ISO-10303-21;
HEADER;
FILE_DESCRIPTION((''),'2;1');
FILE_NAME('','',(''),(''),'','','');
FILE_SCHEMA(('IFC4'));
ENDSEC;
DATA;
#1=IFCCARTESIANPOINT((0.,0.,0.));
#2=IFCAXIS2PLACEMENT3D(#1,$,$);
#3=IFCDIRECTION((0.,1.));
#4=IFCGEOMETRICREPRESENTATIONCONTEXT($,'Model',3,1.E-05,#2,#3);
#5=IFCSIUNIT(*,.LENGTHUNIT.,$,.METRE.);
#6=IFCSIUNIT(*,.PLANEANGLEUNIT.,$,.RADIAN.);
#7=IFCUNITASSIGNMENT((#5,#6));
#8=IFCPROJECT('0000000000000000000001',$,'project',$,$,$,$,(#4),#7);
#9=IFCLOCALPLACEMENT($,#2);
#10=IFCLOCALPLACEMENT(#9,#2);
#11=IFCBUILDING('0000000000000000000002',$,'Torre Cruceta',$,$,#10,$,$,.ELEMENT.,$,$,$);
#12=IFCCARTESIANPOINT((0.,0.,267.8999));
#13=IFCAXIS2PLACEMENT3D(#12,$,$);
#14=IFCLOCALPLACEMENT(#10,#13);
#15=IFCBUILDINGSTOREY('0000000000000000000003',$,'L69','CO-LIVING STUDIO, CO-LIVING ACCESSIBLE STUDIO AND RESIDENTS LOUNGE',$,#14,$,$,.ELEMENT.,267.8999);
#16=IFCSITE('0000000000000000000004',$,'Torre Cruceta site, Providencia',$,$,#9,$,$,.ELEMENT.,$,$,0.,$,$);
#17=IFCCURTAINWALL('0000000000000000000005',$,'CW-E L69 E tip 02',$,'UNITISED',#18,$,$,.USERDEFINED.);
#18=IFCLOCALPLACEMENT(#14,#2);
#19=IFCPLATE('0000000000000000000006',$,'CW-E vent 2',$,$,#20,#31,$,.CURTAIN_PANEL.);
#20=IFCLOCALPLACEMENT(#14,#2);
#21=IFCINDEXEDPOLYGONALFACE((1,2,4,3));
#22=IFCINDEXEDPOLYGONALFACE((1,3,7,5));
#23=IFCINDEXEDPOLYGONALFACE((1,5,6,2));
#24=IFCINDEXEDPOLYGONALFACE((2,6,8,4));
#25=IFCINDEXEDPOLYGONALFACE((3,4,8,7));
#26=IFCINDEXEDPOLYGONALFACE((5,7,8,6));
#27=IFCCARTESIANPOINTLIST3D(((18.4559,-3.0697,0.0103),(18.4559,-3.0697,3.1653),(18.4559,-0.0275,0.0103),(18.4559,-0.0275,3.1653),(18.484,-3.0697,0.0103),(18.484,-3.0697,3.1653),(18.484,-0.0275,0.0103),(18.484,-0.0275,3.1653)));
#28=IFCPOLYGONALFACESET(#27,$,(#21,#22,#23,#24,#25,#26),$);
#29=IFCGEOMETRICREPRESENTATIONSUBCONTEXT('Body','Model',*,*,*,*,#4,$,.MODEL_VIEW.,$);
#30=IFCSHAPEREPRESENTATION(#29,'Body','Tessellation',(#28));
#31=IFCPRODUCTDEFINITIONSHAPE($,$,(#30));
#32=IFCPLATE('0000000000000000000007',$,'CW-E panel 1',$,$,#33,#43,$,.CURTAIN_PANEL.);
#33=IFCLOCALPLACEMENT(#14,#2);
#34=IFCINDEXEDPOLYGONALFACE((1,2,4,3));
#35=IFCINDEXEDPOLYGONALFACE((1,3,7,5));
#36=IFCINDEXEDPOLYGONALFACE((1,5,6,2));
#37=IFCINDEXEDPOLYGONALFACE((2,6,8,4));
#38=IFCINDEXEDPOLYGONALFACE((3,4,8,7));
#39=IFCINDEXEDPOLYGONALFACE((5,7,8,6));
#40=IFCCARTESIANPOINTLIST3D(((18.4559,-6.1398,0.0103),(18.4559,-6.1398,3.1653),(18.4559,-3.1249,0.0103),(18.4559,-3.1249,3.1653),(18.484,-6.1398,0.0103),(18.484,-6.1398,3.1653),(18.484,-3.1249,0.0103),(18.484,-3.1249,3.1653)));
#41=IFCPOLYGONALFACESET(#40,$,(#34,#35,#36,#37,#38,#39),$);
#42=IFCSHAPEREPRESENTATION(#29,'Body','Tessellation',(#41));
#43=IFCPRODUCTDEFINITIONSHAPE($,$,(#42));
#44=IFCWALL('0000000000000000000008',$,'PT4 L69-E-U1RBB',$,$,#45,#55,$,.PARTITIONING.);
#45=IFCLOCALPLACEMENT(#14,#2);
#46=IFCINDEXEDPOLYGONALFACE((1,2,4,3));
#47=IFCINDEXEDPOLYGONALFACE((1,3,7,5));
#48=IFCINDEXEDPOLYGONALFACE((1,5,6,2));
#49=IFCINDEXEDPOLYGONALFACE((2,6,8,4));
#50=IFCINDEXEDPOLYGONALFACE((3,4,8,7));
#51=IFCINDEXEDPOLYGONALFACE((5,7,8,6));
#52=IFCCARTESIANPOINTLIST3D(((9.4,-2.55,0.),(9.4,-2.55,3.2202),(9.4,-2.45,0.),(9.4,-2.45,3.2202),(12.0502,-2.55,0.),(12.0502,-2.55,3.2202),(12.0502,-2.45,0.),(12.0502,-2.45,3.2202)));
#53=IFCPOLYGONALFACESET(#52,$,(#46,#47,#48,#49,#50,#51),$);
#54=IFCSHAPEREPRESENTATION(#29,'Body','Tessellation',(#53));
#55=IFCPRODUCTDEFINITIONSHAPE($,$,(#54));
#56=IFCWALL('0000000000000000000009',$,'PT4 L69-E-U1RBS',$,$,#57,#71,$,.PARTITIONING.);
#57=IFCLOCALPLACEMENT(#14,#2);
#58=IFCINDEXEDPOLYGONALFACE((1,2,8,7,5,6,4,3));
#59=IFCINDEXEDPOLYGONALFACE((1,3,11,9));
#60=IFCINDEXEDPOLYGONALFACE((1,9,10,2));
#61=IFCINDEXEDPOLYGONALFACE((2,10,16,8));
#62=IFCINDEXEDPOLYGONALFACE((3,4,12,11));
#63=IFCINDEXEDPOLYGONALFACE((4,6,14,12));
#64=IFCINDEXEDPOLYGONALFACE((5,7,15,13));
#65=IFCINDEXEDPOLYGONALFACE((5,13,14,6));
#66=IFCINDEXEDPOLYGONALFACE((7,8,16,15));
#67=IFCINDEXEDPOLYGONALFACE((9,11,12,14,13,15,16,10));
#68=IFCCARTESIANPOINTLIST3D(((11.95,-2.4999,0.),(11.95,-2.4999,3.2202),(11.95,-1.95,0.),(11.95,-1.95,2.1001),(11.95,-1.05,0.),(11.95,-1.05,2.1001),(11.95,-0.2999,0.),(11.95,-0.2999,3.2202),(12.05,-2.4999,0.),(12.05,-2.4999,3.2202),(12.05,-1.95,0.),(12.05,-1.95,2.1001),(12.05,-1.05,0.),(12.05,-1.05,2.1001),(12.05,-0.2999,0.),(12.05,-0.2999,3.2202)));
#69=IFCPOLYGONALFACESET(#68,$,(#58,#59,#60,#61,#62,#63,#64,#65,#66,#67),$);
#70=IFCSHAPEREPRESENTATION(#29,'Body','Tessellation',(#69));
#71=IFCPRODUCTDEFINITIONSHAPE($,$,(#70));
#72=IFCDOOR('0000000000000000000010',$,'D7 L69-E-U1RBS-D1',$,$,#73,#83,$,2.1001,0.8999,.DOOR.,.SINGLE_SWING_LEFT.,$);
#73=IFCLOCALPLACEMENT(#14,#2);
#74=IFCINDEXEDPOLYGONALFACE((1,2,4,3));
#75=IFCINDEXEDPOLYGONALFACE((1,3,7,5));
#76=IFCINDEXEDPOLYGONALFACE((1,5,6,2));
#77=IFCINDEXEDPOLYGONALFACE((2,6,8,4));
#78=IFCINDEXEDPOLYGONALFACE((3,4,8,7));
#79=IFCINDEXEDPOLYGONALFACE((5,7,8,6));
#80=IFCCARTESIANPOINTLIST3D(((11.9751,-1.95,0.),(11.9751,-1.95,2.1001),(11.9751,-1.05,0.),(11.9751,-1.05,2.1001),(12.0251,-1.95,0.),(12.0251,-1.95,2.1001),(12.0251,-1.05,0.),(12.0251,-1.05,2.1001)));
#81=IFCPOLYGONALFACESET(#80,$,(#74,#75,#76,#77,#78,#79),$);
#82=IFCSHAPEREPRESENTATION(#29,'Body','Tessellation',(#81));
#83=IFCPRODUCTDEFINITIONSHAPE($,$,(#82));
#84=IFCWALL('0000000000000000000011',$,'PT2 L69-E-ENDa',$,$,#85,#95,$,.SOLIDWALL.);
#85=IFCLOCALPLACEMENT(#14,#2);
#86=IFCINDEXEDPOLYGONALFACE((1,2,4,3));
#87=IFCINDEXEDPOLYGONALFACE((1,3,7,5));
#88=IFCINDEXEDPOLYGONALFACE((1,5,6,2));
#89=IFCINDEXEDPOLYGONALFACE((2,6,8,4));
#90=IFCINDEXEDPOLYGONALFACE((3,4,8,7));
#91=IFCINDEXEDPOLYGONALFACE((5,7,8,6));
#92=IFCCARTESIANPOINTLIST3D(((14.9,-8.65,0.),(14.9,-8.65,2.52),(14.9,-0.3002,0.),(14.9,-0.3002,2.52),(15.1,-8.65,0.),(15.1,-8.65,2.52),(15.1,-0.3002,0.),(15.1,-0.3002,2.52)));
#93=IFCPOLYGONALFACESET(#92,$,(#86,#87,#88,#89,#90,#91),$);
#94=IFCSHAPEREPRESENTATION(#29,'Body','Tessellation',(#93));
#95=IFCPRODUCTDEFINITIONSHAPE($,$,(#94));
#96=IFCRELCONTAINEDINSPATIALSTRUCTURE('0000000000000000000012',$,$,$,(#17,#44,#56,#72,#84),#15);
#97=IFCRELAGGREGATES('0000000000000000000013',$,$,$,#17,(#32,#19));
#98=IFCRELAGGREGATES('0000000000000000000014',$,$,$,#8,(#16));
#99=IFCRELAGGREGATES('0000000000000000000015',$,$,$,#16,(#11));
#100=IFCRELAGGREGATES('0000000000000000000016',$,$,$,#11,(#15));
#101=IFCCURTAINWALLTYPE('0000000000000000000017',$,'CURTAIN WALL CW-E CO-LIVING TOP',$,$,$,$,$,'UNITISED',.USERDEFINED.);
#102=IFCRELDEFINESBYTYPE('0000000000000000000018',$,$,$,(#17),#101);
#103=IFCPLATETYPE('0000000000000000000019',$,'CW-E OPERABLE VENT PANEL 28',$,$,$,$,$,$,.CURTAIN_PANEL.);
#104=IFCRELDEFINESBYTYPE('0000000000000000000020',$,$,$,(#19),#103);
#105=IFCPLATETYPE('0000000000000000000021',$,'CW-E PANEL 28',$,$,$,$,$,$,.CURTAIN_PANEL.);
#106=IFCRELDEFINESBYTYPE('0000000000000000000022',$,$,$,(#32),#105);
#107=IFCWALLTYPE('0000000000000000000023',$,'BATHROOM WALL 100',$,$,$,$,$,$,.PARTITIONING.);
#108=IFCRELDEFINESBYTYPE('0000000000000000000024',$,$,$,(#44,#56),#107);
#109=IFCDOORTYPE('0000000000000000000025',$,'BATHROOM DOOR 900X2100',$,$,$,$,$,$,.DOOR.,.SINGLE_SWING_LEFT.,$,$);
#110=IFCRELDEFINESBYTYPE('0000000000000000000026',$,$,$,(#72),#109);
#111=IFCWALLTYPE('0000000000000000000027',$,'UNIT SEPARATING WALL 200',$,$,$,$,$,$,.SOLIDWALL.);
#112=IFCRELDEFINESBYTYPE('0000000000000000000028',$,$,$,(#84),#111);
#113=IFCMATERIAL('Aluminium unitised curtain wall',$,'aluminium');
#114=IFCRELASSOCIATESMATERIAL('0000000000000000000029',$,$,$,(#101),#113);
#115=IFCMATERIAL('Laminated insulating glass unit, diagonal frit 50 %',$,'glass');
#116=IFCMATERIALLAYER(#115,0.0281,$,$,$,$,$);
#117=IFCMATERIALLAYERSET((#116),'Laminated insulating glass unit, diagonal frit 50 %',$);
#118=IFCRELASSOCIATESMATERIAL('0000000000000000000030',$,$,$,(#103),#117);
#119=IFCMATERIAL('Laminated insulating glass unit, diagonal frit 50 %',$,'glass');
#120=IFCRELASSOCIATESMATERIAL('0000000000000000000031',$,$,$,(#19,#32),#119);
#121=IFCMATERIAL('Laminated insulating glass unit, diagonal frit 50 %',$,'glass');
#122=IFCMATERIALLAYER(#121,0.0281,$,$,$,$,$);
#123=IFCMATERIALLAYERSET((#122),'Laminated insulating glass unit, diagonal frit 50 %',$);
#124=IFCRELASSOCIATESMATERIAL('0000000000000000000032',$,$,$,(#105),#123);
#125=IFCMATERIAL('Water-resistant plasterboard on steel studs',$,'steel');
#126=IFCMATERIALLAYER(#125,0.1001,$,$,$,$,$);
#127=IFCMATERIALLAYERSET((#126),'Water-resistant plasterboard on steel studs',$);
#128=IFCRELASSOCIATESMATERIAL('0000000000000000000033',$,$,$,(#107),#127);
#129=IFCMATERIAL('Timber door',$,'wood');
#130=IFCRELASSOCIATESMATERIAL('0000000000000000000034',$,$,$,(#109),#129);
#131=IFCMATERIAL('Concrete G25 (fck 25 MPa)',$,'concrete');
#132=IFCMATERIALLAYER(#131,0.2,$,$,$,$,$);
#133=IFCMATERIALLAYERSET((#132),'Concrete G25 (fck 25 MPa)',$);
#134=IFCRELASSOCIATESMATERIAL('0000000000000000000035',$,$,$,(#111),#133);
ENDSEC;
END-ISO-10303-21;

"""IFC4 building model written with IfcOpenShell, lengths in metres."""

from ifc_helpers import new_model, si_unit, direction, frame, frame_2d, origin, origin_2d, place, context, subcontext, project, spatial, rectangle, extrude, material, layer, layer_set, type_object, element, fill, aggregate, save


model = new_model("IFC4")

# Units and contexts
model_context = context("Model", 3, precision=1e-05, world=origin(), true_north=direction((0.0, 1.0)))
body_context = subcontext(model_context, "Body", "Model", "MODEL_VIEW")
ifc_project = project(units=[si_unit("LENGTHUNIT", "METRE"), si_unit("PLANEANGLEUNIT", "RADIAN")], contexts=[model_context])

# Site, building, storey
site_placement = place(None, origin())
site = spatial("IfcSite", under=ifc_project, at=site_placement, Name="Torre Cruceta site, Providencia", CompositionType="ELEMENT", RefElevation=0.0)
building_placement = place(site_placement, origin())
building = spatial("IfcBuilding", under=site, at=building_placement, Name="Torre Cruceta", CompositionType="ELEMENT")
storey_placement = place(building_placement, frame((0.0, 0.0, 267.8999)))
storey = spatial("IfcBuildingStorey", under=building, at=storey_placement, Name="L69", Description="CO-LIVING STUDIO, CO-LIVING ACCESSIBLE STUDIO AND RESIDENTS LOUNGE", CompositionType="ELEMENT", Elevation=267.8999)

# Curtain wall
ifc_material_1 = material(Name="Aluminium unitised curtain wall", Category="aluminium")
curtain_wall_type = type_object("IfcCurtainWallType", Name="CURTAIN WALL CW-E CO-LIVING TOP", ElementType="UNITISED", PredefinedType="USERDEFINED", material=ifc_material_1)
curtain_wall_placement = place(storey_placement, origin())
curtain_wall = element("IfcCurtainWall", 1, at=curtain_wall_placement, inside=storey, type_object=curtain_wall_type, Name="CW-E L69 E tip 02", ObjectType="UNITISED", PredefinedType="USERDEFINED")

# Plates
ifc_material_2 = material(Name="Laminated insulating glass unit, diagonal frit 50 %", Category="glass")
ifc_material_3 = material(Name="Laminated insulating glass unit, diagonal frit 50 %", Category="glass")
ifc_layer_1 = layer(ifc_material_3, 0.0281)
ifc_layer_set_1 = layer_set([ifc_layer_1], Name="Laminated insulating glass unit, diagonal frit 50 %")
plate_type_1 = type_object("IfcPlateType", Name="CW-E OPERABLE VENT PANEL 28", PredefinedType="CURTAIN_PANEL", material=ifc_layer_set_1)
plate_1_placement = place(storey_placement, frame((18.47, -1.5486, 0.0103), z_axis=(0.0, 0.0, 1.0), x_axis=(0.0, 1.0, 0.0)))
plate_1 = element("IfcPlate", 2, at=plate_1_placement, type_object=plate_type_1, material=ifc_material_2, Name="CW-E vent 2", PredefinedType="CURTAIN_PANEL", context=body_context, shape_type="SweptSolid", body=[
    extrude(rectangle(XDim=3.0422, YDim=0.0281, at=origin_2d()), origin(), (0.0, 0.0, 1.0), 3.155),
])
ifc_material_4 = material(Name="Laminated insulating glass unit, diagonal frit 50 %", Category="glass")
ifc_layer_2 = layer(ifc_material_4, 0.0281)
ifc_layer_set_2 = layer_set([ifc_layer_2], Name="Laminated insulating glass unit, diagonal frit 50 %")
plate_type_2 = type_object("IfcPlateType", Name="CW-E PANEL 28", PredefinedType="CURTAIN_PANEL", material=ifc_layer_set_2)
plate_2_placement = place(storey_placement, frame((18.47, -4.6323, 0.0103), z_axis=(0.0, 0.0, 1.0), x_axis=(0.0, 1.0, 0.0)))
plate_2 = element("IfcPlate", 3, at=plate_2_placement, type_object=plate_type_2, material=ifc_material_2, Name="CW-E panel 1", PredefinedType="CURTAIN_PANEL", context=body_context, shape_type="SweptSolid", body=[
    extrude(rectangle(XDim=3.0149, YDim=0.0281, at=origin_2d()), origin(), (0.0, 0.0, 1.0), 3.155),
])
aggregate(curtain_wall, [plate_2, plate_1])

# Wall
ifc_material_5 = material(Name="Water-resistant plasterboard on steel studs", Category="steel")
ifc_layer_3 = layer(ifc_material_5, 0.1001)
ifc_layer_set_3 = layer_set([ifc_layer_3], Name="Water-resistant plasterboard on steel studs")
wall_type_1 = type_object("IfcWallType", Name="BATHROOM WALL 100", PredefinedType="PARTITIONING", material=ifc_layer_set_3)
wall_1_placement = place(storey_placement, frame((9.3999, -2.5, 0.0), z_axis=(0.0, 0.0, 1.0), x_axis=(1.0, 0.0, 0.0)))
element("IfcWall", 4, at=wall_1_placement, inside=storey, type_object=wall_type_1, Name="PT4 L69-E-U1RBB", PredefinedType="PARTITIONING", context=body_context, shape_type="SweptSolid", body=[
    extrude(rectangle(XDim=2.6501, YDim=0.1001, at=frame_2d((1.3252, 0.0))), origin(), (0.0, 0.0, 1.0), 3.2202),
])

# Wall, opening, door
wall_2_placement = place(storey_placement, frame((12.0, -2.5, 0.0), z_axis=(0.0, 0.0, 1.0), x_axis=(0.0, 1.0, 0.0)))
wall_2 = element("IfcWall", 5, at=wall_2_placement, inside=storey, type_object=wall_type_1, Name="PT4 L69-E-U1RBS", PredefinedType="PARTITIONING", context=body_context, shape_type="SweptSolid", body=[
    extrude(rectangle(XDim=2.2, YDim=0.1001, at=frame_2d((1.1001, 0.0))), origin(), (0.0, 0.0, 1.0), 3.2202),
])
opening_placement = place(wall_2_placement, frame((0.55, 0.0, 0.0)))
opening = element("IfcOpeningElement", 6, at=opening_placement, cuts=wall_2, PredefinedType="OPENING", context=body_context, shape_type="SweptSolid", body=[
    extrude(rectangle(XDim=0.8999, YDim=2.1001, at=frame_2d((0.45, 1.05))), frame((0.0, 0.0601, 0.0), z_axis=(0.0, -1.0, 0.0), x_axis=(1.0, 0.0, 0.0)), (0.0, 0.0, 1.0), 0.1201),
])
ifc_material_6 = material(Name="Timber door", Category="wood")
door_type = type_object("IfcDoorType", Name="BATHROOM DOOR 900X2100", OperationType="SINGLE_SWING_LEFT", PredefinedType="DOOR", material=ifc_material_6)
door_placement = place(opening_placement, origin())
door = element("IfcDoor", 7, at=door_placement, inside=storey, type_object=door_type, Name="D7 L69-E-U1RBS-D1", OperationType="SINGLE_SWING_LEFT", OverallHeight=2.1001, OverallWidth=0.8999, PredefinedType="DOOR", context=body_context, shape_type="SweptSolid", body=[
    extrude(rectangle(XDim=0.8999, YDim=2.1001, at=frame_2d((0.45, 1.05))), frame((0.0, 0.0249, 0.0), z_axis=(0.0, -1.0, 0.0), x_axis=(1.0, 0.0, 0.0)), (0.0, 0.0, 1.0), 0.05),
])
fill(opening, door)

# Wall
ifc_material_7 = material(Name="Concrete G25 (fck 25 MPa)", Category="concrete")
ifc_layer_4 = layer(ifc_material_7, 0.2)
ifc_layer_set_4 = layer_set([ifc_layer_4], Name="Concrete G25 (fck 25 MPa)")
wall_type_2 = type_object("IfcWallType", Name="UNIT SEPARATING WALL 200", PredefinedType="SOLIDWALL", material=ifc_layer_set_4)
wall_3_placement = place(storey_placement, frame((15.0, -8.6499, 0.0), z_axis=(0.0, 0.0, 1.0), x_axis=(0.0, 1.0, 0.0)))
element("IfcWall", 8, at=wall_3_placement, inside=storey, type_object=wall_type_2, Name="PT2 L69-E-ENDa", PredefinedType="SOLIDWALL", context=body_context, shape_type="SweptSolid", body=[
    extrude(rectangle(XDim=8.3499, YDim=0.2, at=frame_2d((4.1748, 0.0))), origin(), (0.0, 0.0, 1.0), 2.52),
])

save(model, "model.ifc")
